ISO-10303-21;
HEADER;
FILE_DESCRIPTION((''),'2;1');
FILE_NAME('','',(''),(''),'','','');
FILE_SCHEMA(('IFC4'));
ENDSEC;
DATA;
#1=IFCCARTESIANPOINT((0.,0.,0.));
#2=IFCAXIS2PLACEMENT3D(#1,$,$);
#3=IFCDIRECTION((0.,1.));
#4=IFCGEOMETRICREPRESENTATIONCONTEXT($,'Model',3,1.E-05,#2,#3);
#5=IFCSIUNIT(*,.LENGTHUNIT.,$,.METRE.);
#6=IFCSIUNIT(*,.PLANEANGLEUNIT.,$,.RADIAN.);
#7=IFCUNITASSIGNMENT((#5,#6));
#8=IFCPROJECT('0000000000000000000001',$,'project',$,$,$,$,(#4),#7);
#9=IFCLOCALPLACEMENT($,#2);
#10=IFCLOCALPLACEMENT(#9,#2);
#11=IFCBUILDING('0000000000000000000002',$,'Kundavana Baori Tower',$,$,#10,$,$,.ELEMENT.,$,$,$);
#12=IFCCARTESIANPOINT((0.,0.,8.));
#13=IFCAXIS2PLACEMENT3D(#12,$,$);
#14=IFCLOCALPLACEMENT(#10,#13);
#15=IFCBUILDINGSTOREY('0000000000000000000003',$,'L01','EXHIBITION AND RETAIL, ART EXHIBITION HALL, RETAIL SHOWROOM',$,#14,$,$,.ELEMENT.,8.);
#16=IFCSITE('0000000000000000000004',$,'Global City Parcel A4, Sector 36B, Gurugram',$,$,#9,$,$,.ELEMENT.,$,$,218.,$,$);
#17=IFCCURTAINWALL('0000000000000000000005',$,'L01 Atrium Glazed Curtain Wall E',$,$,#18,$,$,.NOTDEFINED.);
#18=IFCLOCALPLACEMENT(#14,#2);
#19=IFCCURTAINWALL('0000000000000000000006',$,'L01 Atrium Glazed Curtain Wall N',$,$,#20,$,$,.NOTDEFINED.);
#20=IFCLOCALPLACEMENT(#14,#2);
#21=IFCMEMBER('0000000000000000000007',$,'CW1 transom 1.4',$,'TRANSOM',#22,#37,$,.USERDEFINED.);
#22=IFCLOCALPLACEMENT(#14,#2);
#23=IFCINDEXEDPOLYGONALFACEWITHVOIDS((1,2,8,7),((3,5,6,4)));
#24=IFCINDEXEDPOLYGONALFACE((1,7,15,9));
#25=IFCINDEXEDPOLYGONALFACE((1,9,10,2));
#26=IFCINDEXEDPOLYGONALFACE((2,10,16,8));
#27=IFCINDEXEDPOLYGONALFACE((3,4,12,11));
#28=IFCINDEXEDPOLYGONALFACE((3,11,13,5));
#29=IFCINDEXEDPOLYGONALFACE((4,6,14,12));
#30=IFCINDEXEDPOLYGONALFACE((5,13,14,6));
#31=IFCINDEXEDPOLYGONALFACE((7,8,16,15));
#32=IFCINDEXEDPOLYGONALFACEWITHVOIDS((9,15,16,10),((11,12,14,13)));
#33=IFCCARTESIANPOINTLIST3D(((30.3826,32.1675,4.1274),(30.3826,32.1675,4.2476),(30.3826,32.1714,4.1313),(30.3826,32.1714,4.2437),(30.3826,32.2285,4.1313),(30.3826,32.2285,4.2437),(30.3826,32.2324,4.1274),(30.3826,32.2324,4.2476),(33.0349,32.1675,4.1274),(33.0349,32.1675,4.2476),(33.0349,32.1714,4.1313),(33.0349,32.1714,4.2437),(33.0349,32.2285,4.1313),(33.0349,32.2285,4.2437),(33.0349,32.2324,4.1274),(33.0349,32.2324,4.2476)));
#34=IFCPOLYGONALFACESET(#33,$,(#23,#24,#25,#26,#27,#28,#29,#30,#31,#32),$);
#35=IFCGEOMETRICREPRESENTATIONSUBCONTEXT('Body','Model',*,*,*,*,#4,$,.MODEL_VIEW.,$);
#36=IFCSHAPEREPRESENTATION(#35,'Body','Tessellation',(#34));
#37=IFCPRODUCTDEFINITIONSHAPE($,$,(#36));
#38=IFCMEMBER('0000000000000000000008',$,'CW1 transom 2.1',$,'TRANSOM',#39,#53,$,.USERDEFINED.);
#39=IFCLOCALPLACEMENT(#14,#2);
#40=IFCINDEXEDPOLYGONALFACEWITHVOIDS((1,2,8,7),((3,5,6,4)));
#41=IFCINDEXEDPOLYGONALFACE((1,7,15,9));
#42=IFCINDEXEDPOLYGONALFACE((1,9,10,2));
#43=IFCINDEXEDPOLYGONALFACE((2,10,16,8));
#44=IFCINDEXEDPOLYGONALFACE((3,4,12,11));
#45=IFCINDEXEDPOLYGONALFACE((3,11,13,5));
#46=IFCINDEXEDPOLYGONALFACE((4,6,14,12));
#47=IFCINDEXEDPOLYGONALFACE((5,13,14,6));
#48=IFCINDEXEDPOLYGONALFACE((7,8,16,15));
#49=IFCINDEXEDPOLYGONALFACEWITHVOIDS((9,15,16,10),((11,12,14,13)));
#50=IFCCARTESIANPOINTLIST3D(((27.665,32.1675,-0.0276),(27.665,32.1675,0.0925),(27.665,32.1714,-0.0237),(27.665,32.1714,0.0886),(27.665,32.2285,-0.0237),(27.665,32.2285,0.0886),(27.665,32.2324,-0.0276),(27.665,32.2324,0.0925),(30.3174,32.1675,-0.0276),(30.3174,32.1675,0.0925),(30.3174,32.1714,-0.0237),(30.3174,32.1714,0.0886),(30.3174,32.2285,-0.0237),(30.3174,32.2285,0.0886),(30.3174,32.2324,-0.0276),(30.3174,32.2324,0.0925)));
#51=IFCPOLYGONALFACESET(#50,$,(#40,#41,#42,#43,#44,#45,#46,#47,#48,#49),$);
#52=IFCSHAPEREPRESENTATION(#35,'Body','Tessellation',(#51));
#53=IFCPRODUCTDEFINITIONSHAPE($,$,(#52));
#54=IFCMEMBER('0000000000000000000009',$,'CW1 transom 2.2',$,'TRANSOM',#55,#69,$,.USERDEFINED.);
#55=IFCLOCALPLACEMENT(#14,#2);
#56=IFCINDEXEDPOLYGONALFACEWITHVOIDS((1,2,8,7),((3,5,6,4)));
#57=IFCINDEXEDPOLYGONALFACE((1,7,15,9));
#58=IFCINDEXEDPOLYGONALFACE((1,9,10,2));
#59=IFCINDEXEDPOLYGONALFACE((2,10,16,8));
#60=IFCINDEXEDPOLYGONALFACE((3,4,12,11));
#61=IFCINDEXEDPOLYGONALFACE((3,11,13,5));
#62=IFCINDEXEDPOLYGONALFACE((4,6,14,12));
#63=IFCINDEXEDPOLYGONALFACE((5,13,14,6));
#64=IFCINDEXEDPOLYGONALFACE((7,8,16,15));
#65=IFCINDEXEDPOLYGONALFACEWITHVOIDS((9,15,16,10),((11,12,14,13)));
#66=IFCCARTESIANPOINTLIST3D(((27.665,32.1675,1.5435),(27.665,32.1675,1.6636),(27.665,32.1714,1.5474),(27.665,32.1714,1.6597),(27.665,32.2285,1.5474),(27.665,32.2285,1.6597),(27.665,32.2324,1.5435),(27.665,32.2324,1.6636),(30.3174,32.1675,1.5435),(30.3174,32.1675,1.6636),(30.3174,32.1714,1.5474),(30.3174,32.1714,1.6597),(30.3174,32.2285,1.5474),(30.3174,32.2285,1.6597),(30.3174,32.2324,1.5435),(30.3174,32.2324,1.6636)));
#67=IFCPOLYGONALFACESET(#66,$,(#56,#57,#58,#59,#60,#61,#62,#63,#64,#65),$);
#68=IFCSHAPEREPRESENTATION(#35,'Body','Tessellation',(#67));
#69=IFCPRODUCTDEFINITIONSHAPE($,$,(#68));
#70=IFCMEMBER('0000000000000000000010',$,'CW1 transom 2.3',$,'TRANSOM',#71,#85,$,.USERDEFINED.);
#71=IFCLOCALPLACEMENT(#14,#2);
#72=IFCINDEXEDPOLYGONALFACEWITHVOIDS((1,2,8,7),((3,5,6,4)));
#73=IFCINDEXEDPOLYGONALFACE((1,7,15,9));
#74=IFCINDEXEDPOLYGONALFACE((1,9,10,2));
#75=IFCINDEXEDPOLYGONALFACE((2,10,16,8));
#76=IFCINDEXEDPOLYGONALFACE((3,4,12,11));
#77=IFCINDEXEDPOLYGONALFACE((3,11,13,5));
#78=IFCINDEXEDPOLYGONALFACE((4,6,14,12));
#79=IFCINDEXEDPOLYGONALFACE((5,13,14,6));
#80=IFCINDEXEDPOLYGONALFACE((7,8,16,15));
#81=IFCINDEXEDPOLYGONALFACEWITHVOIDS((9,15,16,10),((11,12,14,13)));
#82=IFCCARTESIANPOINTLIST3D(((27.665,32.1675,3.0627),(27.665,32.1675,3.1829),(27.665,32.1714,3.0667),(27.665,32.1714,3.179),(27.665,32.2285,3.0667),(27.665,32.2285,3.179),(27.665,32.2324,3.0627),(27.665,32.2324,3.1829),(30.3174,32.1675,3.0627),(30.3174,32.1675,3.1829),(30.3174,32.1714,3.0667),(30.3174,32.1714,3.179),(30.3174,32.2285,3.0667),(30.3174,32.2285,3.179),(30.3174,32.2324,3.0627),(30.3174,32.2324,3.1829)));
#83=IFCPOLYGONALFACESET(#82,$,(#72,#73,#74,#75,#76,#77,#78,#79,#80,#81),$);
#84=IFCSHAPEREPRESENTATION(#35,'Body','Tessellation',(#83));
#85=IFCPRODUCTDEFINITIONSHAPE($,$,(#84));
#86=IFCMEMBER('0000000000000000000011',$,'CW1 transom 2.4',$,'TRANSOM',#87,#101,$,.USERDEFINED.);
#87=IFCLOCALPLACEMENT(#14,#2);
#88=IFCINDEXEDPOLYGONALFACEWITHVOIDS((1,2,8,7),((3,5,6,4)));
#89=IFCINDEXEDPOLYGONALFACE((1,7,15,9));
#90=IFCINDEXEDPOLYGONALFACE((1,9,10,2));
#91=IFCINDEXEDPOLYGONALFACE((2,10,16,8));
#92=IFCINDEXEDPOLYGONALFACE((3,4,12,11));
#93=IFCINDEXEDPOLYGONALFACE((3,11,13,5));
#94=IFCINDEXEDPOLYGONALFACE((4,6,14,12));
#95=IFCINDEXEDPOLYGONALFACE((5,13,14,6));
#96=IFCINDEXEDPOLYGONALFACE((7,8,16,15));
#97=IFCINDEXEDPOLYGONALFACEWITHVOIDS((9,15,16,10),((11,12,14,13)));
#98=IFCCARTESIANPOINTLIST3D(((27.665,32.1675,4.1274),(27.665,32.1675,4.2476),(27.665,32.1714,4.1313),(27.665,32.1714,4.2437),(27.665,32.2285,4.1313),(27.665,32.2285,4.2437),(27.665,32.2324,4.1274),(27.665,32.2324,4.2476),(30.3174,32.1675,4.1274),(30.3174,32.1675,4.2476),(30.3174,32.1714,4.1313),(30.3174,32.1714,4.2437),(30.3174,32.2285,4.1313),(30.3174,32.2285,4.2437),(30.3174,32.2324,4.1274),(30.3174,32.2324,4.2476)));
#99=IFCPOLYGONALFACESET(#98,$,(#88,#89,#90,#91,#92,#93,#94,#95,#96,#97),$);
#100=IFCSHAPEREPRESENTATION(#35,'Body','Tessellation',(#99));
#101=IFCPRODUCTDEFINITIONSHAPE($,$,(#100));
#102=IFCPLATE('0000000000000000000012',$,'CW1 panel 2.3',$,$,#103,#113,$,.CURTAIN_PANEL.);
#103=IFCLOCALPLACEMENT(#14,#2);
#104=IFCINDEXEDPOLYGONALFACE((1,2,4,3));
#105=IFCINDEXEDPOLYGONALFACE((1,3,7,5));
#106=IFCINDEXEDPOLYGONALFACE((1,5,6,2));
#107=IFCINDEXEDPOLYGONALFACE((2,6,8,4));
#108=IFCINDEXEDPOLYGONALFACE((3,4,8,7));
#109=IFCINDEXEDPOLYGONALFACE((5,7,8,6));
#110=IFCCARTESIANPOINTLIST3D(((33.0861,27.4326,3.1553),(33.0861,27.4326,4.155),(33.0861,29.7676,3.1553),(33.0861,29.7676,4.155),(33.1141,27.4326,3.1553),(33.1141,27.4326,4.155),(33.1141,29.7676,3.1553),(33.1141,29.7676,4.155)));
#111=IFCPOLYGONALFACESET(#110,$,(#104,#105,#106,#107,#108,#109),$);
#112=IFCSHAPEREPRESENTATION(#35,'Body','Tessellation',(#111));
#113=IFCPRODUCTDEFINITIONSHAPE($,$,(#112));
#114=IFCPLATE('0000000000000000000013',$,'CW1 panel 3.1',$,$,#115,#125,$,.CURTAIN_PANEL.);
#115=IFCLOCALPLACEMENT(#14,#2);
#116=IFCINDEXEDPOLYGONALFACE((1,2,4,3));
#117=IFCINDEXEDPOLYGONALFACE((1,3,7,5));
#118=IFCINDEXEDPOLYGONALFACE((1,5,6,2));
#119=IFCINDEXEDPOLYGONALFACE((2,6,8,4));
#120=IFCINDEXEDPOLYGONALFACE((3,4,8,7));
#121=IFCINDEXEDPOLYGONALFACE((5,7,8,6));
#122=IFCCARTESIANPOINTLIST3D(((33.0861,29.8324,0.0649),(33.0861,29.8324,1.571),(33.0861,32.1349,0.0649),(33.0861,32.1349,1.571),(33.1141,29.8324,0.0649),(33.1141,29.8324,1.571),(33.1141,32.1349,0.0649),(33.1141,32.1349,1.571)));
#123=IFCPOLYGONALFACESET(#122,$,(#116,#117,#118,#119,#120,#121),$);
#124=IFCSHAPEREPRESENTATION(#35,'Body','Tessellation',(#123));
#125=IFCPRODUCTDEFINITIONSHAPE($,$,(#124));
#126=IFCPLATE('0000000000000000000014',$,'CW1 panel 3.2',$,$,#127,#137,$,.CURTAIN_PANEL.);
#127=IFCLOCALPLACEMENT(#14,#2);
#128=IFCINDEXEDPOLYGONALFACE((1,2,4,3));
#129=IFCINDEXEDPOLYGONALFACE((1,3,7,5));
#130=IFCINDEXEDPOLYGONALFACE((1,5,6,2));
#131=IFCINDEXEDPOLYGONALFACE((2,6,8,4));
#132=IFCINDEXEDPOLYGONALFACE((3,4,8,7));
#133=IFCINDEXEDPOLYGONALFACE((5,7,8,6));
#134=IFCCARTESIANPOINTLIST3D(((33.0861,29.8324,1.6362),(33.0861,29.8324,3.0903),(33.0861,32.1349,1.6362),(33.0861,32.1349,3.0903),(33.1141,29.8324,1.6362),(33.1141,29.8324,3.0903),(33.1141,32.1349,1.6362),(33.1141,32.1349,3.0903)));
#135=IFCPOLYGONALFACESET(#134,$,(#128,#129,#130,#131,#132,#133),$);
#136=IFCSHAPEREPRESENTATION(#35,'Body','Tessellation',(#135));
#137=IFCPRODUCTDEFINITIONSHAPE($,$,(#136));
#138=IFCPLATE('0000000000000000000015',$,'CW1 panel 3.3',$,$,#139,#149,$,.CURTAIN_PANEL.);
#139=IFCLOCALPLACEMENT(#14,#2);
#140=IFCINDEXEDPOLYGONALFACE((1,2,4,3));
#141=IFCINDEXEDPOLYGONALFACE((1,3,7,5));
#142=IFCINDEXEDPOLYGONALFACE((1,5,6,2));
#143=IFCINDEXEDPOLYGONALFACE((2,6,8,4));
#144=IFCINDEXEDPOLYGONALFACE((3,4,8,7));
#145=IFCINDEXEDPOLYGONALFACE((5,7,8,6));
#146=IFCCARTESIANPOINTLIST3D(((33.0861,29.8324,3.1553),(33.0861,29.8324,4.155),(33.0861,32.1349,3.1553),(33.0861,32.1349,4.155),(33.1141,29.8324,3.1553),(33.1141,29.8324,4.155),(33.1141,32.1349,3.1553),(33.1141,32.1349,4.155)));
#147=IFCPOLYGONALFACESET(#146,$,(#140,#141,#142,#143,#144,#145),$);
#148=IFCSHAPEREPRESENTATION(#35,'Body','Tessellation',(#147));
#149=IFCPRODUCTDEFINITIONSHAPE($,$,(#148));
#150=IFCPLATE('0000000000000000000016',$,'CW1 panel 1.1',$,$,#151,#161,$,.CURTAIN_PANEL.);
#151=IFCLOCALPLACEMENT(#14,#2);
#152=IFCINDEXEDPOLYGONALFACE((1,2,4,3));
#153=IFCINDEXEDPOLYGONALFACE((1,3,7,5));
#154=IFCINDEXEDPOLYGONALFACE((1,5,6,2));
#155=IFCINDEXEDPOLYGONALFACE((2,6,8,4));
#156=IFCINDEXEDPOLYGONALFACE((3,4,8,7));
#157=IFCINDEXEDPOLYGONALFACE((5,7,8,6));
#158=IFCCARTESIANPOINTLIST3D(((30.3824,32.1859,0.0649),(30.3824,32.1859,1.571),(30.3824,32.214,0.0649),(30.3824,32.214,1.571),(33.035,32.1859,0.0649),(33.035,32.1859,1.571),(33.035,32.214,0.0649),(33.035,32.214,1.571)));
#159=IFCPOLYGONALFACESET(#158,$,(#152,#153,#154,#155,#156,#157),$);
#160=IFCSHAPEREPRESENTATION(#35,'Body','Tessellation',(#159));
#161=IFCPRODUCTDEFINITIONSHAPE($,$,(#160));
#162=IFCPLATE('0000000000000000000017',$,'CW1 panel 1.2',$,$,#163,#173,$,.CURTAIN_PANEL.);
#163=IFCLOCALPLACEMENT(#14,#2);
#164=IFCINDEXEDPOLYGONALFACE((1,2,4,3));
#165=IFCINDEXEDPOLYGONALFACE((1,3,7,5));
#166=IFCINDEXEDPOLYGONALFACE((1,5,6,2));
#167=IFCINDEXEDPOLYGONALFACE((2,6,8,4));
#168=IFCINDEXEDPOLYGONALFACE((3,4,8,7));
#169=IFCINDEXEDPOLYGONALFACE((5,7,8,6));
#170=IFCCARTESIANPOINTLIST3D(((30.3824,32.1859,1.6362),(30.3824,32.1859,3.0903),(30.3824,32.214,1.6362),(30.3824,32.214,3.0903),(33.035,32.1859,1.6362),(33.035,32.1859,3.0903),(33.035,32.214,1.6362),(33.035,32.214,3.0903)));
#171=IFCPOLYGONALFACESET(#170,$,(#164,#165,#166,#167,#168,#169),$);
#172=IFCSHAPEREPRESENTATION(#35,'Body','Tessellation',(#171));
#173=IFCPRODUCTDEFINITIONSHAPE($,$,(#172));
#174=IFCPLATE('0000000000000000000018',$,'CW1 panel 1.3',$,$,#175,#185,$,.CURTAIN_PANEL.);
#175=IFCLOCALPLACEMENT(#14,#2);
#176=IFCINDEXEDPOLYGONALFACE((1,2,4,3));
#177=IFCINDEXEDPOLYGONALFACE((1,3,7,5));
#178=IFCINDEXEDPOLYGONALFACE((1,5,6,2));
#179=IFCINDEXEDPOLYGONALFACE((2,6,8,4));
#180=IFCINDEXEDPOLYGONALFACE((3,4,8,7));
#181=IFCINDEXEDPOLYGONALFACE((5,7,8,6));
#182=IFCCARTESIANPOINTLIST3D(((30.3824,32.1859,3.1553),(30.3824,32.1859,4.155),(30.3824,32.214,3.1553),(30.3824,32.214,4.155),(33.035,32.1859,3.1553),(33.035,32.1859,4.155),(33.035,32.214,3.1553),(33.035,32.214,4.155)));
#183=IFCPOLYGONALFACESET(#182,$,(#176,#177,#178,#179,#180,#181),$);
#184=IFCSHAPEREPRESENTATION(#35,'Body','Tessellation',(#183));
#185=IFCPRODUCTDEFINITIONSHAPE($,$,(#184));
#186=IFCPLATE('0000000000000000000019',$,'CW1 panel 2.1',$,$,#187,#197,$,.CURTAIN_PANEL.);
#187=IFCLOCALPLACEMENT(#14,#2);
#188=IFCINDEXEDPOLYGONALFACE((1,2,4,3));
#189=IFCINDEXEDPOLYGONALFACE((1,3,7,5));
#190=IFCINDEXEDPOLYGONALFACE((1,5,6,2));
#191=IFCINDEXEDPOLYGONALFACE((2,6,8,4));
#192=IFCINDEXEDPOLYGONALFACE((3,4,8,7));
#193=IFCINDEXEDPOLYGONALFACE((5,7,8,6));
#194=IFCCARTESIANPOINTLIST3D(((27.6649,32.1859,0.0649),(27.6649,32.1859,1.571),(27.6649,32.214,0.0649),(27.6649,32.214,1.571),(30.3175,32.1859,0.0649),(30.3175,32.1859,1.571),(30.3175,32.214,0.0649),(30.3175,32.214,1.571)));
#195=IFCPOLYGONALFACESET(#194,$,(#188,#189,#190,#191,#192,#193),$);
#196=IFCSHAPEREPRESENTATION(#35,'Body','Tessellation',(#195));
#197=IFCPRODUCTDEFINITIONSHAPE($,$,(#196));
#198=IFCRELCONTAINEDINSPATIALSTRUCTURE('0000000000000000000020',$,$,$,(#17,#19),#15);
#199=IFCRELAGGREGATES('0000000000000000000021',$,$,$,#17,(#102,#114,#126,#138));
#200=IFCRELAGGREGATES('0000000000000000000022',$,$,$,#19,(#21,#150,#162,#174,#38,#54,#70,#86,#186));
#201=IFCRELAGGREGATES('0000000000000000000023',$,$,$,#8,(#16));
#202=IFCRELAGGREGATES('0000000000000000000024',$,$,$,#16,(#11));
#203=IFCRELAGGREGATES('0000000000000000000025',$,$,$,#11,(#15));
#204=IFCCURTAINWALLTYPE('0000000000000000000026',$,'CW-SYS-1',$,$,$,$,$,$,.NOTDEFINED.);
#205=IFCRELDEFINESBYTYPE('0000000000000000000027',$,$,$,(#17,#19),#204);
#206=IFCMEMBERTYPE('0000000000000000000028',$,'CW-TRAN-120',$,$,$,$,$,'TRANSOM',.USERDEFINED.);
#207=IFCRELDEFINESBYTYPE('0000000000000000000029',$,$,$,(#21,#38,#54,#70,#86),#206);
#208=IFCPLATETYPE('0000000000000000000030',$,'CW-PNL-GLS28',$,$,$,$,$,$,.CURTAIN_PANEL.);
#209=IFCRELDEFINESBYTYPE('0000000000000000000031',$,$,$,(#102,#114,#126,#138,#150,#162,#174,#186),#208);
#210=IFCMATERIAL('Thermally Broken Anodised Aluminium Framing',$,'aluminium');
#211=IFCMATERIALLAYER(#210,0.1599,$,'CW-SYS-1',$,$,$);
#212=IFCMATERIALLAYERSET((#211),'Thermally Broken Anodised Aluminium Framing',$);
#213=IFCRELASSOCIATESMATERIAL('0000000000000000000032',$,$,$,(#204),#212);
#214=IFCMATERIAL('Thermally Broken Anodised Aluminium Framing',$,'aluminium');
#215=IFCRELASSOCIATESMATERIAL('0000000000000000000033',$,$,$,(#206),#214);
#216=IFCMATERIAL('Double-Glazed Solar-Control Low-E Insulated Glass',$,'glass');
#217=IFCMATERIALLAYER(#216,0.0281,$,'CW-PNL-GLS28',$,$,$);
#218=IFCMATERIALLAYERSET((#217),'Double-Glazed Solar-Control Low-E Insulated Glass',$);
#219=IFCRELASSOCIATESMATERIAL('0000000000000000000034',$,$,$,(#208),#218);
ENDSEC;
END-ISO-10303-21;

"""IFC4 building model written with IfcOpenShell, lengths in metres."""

from ifc_helpers import new_model, si_unit, direction, frame, origin, origin_2d, place, context, subcontext, project, spatial, rectangle, hollow_rectangle, extrude, material, layer, layer_set, material_profile, profile_set, type_object, element, aggregate, save


model = new_model("IFC4")

# Units and contexts
model_context = context("Model", 3, precision=1e-05, world=origin(), true_north=direction((0.0, 1.0)))
body_context = subcontext(model_context, "Body", "Model", "MODEL_VIEW")
ifc_project = project(units=[si_unit("LENGTHUNIT", "METRE"), si_unit("PLANEANGLEUNIT", "RADIAN")], contexts=[model_context])

# Site, building, storey
site_placement = place(None, origin())
site = spatial("IfcSite", under=ifc_project, at=site_placement, Name="Global City Parcel A4, Sector 36B, Gurugram", CompositionType="ELEMENT", RefElevation=218.0)
building_placement = place(site_placement, origin())
building = spatial("IfcBuilding", under=site, at=building_placement, Name="Kundavana Baori Tower", CompositionType="ELEMENT")
storey_placement = place(building_placement, frame((0.0, 0.0, 8.0)))
storey = spatial("IfcBuildingStorey", under=building, at=storey_placement, Name="L01", Description="EXHIBITION AND RETAIL, ART EXHIBITION HALL, RETAIL SHOWROOM", CompositionType="ELEMENT", Elevation=8.0)

# Curtain walls
ifc_material_1 = material(Name="Thermally Broken Anodised Aluminium Framing", Category="aluminium")
ifc_layer_1 = layer(ifc_material_1, 0.1599, Name="CW-SYS-1")
ifc_layer_set_1 = layer_set([ifc_layer_1], Name="Thermally Broken Anodised Aluminium Framing")
curtain_wall_type = type_object("IfcCurtainWallType", Name="CW-SYS-1", PredefinedType="NOTDEFINED", material=ifc_layer_set_1)
curtain_wall_1_placement = place(storey_placement, origin())
curtain_wall_1 = element("IfcCurtainWall", 1, at=curtain_wall_1_placement, inside=storey, type_object=curtain_wall_type, Name="L01 Atrium Glazed Curtain Wall E", PredefinedType="NOTDEFINED")
curtain_wall_2_placement = place(storey_placement, origin())
curtain_wall_2 = element("IfcCurtainWall", 2, at=curtain_wall_2_placement, inside=storey, type_object=curtain_wall_type, Name="L01 Atrium Glazed Curtain Wall N", PredefinedType="NOTDEFINED")

# Members
ifc_material_2 = material(Name="Thermally Broken Anodised Aluminium Framing", Category="aluminium")
ifc_material_profile_1 = material_profile(ifc_material_2, hollow_rectangle(XDim=0.0649, YDim=0.1201, WallThickness=0.0039, at=origin_2d()), Name="CW-TRAN-120")
ifc_profile_set_1 = profile_set([ifc_material_profile_1], Name="Thermally Broken Anodised Aluminium Framing")
member_type_1 = type_object("IfcMemberType", Name="CW-TRAN-120", ElementType="TRANSOM", PredefinedType="USERDEFINED", material=ifc_profile_set_1)
member_1_placement = place(storey_placement, frame((33.0349, 32.2, 4.1875), z_axis=(-1.0, 0.0, 0.0), x_axis=(0.0, -1.0, 0.0)))
member_1 = element("IfcMember", 3, at=member_1_placement, type_object=member_type_1, Name="CW1 transom 1.4", ObjectType="TRANSOM", PredefinedType="USERDEFINED", context=body_context, shape_type="SweptSolid", body=[
    extrude(hollow_rectangle(XDim=0.0649, YDim=0.1201, WallThickness=0.0039, at=origin_2d()), origin(), (0.0, 0.0, 1.0), 2.6523),
])
member_2_placement = place(storey_placement, frame((30.3174, 32.2, 0.0325), z_axis=(-1.0, 0.0, 0.0), x_axis=(0.0, -1.0, 0.0)))
member_2 = element("IfcMember", 4, at=member_2_placement, type_object=member_type_1, Name="CW1 transom 2.1", ObjectType="TRANSOM", PredefinedType="USERDEFINED", context=body_context, shape_type="SweptSolid", body=[
    extrude(hollow_rectangle(XDim=0.0649, YDim=0.1201, WallThickness=0.0039, at=origin_2d()), origin(), (0.0, 0.0, 1.0), 2.6523),
])
member_3_placement = place(storey_placement, frame((30.3174, 32.2, 1.6035), z_axis=(-1.0, 0.0, 0.0), x_axis=(0.0, -1.0, 0.0)))
member_3 = element("IfcMember", 5, at=member_3_placement, type_object=member_type_1, Name="CW1 transom 2.2", ObjectType="TRANSOM", PredefinedType="USERDEFINED", context=body_context, shape_type="SweptSolid", body=[
    extrude(hollow_rectangle(XDim=0.0649, YDim=0.1201, WallThickness=0.0039, at=origin_2d()), origin(), (0.0, 0.0, 1.0), 2.6523),
])
member_4_placement = place(storey_placement, frame((30.3174, 32.2, 3.1228), z_axis=(-1.0, 0.0, 0.0), x_axis=(0.0, -1.0, 0.0)))
member_4 = element("IfcMember", 6, at=member_4_placement, type_object=member_type_1, Name="CW1 transom 2.3", ObjectType="TRANSOM", PredefinedType="USERDEFINED", context=body_context, shape_type="SweptSolid", body=[
    extrude(hollow_rectangle(XDim=0.0649, YDim=0.1201, WallThickness=0.0039, at=origin_2d()), origin(), (0.0, 0.0, 1.0), 2.6523),
])
member_5_placement = place(storey_placement, frame((30.3174, 32.2, 4.1875), z_axis=(-1.0, 0.0, 0.0), x_axis=(0.0, -1.0, 0.0)))
member_5 = element("IfcMember", 7, at=member_5_placement, type_object=member_type_1, Name="CW1 transom 2.4", ObjectType="TRANSOM", PredefinedType="USERDEFINED", context=body_context, shape_type="SweptSolid", body=[
    extrude(hollow_rectangle(XDim=0.0649, YDim=0.1201, WallThickness=0.0039, at=origin_2d()), origin(), (0.0, 0.0, 1.0), 2.6523),
])

# Plates
ifc_material_3 = material(Name="Double-Glazed Solar-Control Low-E Insulated Glass", Category="glass")
ifc_layer_2 = layer(ifc_material_3, 0.0281, Name="CW-PNL-GLS28")
ifc_layer_set_2 = layer_set([ifc_layer_2], Name="Double-Glazed Solar-Control Low-E Insulated Glass")
plate_type = type_object("IfcPlateType", Name="CW-PNL-GLS28", PredefinedType="CURTAIN_PANEL", material=ifc_layer_set_2)
plate_1_placement = place(storey_placement, frame((33.1001, 28.6001, 3.1553), z_axis=(0.0, 0.0, 1.0), x_axis=(0.0, 1.0, 0.0)))
plate_1 = element("IfcPlate", 8, at=plate_1_placement, type_object=plate_type, Name="CW1 panel 2.3", PredefinedType="CURTAIN_PANEL", context=body_context, shape_type="SweptSolid", body=[
    extrude(rectangle(XDim=2.335, YDim=0.0281, at=origin_2d()), origin(), (0.0, 0.0, 1.0), 0.9998),
])
plate_2_placement = place(storey_placement, frame((33.1001, 30.9836, 0.0649), z_axis=(0.0, 0.0, 1.0), x_axis=(0.0, 1.0, 0.0)))
plate_2 = element("IfcPlate", 9, at=plate_2_placement, type_object=plate_type, Name="CW1 panel 3.1", PredefinedType="CURTAIN_PANEL", context=body_context, shape_type="SweptSolid", body=[
    extrude(rectangle(XDim=2.3025, YDim=0.0281, at=origin_2d()), origin(), (0.0, 0.0, 1.0), 1.5061),
])
plate_3_placement = place(storey_placement, frame((33.1001, 30.9836, 1.6362), z_axis=(0.0, 0.0, 1.0), x_axis=(0.0, 1.0, 0.0)))
plate_3 = element("IfcPlate", 10, at=plate_3_placement, type_object=plate_type, Name="CW1 panel 3.2", PredefinedType="CURTAIN_PANEL", context=body_context, shape_type="SweptSolid", body=[
    extrude(rectangle(XDim=2.3025, YDim=0.0281, at=origin_2d()), origin(), (0.0, 0.0, 1.0), 1.4541),
])
plate_4_placement = place(storey_placement, frame((33.1001, 30.9836, 3.1553), z_axis=(0.0, 0.0, 1.0), x_axis=(0.0, 1.0, 0.0)))
plate_4 = element("IfcPlate", 11, at=plate_4_placement, type_object=plate_type, Name="CW1 panel 3.3", PredefinedType="CURTAIN_PANEL", context=body_context, shape_type="SweptSolid", body=[
    extrude(rectangle(XDim=2.3025, YDim=0.0281, at=origin_2d()), origin(), (0.0, 0.0, 1.0), 0.9998),
])
aggregate(curtain_wall_1, [plate_1, plate_2, plate_3, plate_4])
plate_5_placement = place(storey_placement, frame((31.7087, 32.2, 0.0649), z_axis=(0.0, 0.0, 1.0), x_axis=(-1.0, 0.0, 0.0)))
plate_5 = element("IfcPlate", 12, at=plate_5_placement, type_object=plate_type, Name="CW1 panel 1.1", PredefinedType="CURTAIN_PANEL", context=body_context, shape_type="SweptSolid", body=[
    extrude(rectangle(XDim=2.6526, YDim=0.0281, at=origin_2d()), origin(), (0.0, 0.0, 1.0), 1.5061),
])
plate_6_placement = place(storey_placement, frame((31.7087, 32.2, 1.6362), z_axis=(0.0, 0.0, 1.0), x_axis=(-1.0, 0.0, 0.0)))
plate_6 = element("IfcPlate", 13, at=plate_6_placement, type_object=plate_type, Name="CW1 panel 1.2", PredefinedType="CURTAIN_PANEL", context=body_context, shape_type="SweptSolid", body=[
    extrude(rectangle(XDim=2.6526, YDim=0.0281, at=origin_2d()), origin(), (0.0, 0.0, 1.0), 1.4541),
])
plate_7_placement = place(storey_placement, frame((31.7087, 32.2, 3.1553), z_axis=(0.0, 0.0, 1.0), x_axis=(-1.0, 0.0, 0.0)))
plate_7 = element("IfcPlate", 14, at=plate_7_placement, type_object=plate_type, Name="CW1 panel 1.3", PredefinedType="CURTAIN_PANEL", context=body_context, shape_type="SweptSolid", body=[
    extrude(rectangle(XDim=2.6526, YDim=0.0281, at=origin_2d()), origin(), (0.0, 0.0, 1.0), 0.9998),
])
plate_8_placement = place(storey_placement, frame((28.9912, 32.2, 0.0649), z_axis=(0.0, 0.0, 1.0), x_axis=(-1.0, 0.0, 0.0)))
plate_8 = element("IfcPlate", 15, at=plate_8_placement, type_object=plate_type, Name="CW1 panel 2.1", PredefinedType="CURTAIN_PANEL", context=body_context, shape_type="SweptSolid", body=[
    extrude(rectangle(XDim=2.6526, YDim=0.0281, at=origin_2d()), origin(), (0.0, 0.0, 1.0), 1.5061),
])
aggregate(curtain_wall_2, [member_1, plate_5, plate_6, plate_7, member_2, member_3, member_4, member_5, plate_8])

save(model, "model.ifc")
